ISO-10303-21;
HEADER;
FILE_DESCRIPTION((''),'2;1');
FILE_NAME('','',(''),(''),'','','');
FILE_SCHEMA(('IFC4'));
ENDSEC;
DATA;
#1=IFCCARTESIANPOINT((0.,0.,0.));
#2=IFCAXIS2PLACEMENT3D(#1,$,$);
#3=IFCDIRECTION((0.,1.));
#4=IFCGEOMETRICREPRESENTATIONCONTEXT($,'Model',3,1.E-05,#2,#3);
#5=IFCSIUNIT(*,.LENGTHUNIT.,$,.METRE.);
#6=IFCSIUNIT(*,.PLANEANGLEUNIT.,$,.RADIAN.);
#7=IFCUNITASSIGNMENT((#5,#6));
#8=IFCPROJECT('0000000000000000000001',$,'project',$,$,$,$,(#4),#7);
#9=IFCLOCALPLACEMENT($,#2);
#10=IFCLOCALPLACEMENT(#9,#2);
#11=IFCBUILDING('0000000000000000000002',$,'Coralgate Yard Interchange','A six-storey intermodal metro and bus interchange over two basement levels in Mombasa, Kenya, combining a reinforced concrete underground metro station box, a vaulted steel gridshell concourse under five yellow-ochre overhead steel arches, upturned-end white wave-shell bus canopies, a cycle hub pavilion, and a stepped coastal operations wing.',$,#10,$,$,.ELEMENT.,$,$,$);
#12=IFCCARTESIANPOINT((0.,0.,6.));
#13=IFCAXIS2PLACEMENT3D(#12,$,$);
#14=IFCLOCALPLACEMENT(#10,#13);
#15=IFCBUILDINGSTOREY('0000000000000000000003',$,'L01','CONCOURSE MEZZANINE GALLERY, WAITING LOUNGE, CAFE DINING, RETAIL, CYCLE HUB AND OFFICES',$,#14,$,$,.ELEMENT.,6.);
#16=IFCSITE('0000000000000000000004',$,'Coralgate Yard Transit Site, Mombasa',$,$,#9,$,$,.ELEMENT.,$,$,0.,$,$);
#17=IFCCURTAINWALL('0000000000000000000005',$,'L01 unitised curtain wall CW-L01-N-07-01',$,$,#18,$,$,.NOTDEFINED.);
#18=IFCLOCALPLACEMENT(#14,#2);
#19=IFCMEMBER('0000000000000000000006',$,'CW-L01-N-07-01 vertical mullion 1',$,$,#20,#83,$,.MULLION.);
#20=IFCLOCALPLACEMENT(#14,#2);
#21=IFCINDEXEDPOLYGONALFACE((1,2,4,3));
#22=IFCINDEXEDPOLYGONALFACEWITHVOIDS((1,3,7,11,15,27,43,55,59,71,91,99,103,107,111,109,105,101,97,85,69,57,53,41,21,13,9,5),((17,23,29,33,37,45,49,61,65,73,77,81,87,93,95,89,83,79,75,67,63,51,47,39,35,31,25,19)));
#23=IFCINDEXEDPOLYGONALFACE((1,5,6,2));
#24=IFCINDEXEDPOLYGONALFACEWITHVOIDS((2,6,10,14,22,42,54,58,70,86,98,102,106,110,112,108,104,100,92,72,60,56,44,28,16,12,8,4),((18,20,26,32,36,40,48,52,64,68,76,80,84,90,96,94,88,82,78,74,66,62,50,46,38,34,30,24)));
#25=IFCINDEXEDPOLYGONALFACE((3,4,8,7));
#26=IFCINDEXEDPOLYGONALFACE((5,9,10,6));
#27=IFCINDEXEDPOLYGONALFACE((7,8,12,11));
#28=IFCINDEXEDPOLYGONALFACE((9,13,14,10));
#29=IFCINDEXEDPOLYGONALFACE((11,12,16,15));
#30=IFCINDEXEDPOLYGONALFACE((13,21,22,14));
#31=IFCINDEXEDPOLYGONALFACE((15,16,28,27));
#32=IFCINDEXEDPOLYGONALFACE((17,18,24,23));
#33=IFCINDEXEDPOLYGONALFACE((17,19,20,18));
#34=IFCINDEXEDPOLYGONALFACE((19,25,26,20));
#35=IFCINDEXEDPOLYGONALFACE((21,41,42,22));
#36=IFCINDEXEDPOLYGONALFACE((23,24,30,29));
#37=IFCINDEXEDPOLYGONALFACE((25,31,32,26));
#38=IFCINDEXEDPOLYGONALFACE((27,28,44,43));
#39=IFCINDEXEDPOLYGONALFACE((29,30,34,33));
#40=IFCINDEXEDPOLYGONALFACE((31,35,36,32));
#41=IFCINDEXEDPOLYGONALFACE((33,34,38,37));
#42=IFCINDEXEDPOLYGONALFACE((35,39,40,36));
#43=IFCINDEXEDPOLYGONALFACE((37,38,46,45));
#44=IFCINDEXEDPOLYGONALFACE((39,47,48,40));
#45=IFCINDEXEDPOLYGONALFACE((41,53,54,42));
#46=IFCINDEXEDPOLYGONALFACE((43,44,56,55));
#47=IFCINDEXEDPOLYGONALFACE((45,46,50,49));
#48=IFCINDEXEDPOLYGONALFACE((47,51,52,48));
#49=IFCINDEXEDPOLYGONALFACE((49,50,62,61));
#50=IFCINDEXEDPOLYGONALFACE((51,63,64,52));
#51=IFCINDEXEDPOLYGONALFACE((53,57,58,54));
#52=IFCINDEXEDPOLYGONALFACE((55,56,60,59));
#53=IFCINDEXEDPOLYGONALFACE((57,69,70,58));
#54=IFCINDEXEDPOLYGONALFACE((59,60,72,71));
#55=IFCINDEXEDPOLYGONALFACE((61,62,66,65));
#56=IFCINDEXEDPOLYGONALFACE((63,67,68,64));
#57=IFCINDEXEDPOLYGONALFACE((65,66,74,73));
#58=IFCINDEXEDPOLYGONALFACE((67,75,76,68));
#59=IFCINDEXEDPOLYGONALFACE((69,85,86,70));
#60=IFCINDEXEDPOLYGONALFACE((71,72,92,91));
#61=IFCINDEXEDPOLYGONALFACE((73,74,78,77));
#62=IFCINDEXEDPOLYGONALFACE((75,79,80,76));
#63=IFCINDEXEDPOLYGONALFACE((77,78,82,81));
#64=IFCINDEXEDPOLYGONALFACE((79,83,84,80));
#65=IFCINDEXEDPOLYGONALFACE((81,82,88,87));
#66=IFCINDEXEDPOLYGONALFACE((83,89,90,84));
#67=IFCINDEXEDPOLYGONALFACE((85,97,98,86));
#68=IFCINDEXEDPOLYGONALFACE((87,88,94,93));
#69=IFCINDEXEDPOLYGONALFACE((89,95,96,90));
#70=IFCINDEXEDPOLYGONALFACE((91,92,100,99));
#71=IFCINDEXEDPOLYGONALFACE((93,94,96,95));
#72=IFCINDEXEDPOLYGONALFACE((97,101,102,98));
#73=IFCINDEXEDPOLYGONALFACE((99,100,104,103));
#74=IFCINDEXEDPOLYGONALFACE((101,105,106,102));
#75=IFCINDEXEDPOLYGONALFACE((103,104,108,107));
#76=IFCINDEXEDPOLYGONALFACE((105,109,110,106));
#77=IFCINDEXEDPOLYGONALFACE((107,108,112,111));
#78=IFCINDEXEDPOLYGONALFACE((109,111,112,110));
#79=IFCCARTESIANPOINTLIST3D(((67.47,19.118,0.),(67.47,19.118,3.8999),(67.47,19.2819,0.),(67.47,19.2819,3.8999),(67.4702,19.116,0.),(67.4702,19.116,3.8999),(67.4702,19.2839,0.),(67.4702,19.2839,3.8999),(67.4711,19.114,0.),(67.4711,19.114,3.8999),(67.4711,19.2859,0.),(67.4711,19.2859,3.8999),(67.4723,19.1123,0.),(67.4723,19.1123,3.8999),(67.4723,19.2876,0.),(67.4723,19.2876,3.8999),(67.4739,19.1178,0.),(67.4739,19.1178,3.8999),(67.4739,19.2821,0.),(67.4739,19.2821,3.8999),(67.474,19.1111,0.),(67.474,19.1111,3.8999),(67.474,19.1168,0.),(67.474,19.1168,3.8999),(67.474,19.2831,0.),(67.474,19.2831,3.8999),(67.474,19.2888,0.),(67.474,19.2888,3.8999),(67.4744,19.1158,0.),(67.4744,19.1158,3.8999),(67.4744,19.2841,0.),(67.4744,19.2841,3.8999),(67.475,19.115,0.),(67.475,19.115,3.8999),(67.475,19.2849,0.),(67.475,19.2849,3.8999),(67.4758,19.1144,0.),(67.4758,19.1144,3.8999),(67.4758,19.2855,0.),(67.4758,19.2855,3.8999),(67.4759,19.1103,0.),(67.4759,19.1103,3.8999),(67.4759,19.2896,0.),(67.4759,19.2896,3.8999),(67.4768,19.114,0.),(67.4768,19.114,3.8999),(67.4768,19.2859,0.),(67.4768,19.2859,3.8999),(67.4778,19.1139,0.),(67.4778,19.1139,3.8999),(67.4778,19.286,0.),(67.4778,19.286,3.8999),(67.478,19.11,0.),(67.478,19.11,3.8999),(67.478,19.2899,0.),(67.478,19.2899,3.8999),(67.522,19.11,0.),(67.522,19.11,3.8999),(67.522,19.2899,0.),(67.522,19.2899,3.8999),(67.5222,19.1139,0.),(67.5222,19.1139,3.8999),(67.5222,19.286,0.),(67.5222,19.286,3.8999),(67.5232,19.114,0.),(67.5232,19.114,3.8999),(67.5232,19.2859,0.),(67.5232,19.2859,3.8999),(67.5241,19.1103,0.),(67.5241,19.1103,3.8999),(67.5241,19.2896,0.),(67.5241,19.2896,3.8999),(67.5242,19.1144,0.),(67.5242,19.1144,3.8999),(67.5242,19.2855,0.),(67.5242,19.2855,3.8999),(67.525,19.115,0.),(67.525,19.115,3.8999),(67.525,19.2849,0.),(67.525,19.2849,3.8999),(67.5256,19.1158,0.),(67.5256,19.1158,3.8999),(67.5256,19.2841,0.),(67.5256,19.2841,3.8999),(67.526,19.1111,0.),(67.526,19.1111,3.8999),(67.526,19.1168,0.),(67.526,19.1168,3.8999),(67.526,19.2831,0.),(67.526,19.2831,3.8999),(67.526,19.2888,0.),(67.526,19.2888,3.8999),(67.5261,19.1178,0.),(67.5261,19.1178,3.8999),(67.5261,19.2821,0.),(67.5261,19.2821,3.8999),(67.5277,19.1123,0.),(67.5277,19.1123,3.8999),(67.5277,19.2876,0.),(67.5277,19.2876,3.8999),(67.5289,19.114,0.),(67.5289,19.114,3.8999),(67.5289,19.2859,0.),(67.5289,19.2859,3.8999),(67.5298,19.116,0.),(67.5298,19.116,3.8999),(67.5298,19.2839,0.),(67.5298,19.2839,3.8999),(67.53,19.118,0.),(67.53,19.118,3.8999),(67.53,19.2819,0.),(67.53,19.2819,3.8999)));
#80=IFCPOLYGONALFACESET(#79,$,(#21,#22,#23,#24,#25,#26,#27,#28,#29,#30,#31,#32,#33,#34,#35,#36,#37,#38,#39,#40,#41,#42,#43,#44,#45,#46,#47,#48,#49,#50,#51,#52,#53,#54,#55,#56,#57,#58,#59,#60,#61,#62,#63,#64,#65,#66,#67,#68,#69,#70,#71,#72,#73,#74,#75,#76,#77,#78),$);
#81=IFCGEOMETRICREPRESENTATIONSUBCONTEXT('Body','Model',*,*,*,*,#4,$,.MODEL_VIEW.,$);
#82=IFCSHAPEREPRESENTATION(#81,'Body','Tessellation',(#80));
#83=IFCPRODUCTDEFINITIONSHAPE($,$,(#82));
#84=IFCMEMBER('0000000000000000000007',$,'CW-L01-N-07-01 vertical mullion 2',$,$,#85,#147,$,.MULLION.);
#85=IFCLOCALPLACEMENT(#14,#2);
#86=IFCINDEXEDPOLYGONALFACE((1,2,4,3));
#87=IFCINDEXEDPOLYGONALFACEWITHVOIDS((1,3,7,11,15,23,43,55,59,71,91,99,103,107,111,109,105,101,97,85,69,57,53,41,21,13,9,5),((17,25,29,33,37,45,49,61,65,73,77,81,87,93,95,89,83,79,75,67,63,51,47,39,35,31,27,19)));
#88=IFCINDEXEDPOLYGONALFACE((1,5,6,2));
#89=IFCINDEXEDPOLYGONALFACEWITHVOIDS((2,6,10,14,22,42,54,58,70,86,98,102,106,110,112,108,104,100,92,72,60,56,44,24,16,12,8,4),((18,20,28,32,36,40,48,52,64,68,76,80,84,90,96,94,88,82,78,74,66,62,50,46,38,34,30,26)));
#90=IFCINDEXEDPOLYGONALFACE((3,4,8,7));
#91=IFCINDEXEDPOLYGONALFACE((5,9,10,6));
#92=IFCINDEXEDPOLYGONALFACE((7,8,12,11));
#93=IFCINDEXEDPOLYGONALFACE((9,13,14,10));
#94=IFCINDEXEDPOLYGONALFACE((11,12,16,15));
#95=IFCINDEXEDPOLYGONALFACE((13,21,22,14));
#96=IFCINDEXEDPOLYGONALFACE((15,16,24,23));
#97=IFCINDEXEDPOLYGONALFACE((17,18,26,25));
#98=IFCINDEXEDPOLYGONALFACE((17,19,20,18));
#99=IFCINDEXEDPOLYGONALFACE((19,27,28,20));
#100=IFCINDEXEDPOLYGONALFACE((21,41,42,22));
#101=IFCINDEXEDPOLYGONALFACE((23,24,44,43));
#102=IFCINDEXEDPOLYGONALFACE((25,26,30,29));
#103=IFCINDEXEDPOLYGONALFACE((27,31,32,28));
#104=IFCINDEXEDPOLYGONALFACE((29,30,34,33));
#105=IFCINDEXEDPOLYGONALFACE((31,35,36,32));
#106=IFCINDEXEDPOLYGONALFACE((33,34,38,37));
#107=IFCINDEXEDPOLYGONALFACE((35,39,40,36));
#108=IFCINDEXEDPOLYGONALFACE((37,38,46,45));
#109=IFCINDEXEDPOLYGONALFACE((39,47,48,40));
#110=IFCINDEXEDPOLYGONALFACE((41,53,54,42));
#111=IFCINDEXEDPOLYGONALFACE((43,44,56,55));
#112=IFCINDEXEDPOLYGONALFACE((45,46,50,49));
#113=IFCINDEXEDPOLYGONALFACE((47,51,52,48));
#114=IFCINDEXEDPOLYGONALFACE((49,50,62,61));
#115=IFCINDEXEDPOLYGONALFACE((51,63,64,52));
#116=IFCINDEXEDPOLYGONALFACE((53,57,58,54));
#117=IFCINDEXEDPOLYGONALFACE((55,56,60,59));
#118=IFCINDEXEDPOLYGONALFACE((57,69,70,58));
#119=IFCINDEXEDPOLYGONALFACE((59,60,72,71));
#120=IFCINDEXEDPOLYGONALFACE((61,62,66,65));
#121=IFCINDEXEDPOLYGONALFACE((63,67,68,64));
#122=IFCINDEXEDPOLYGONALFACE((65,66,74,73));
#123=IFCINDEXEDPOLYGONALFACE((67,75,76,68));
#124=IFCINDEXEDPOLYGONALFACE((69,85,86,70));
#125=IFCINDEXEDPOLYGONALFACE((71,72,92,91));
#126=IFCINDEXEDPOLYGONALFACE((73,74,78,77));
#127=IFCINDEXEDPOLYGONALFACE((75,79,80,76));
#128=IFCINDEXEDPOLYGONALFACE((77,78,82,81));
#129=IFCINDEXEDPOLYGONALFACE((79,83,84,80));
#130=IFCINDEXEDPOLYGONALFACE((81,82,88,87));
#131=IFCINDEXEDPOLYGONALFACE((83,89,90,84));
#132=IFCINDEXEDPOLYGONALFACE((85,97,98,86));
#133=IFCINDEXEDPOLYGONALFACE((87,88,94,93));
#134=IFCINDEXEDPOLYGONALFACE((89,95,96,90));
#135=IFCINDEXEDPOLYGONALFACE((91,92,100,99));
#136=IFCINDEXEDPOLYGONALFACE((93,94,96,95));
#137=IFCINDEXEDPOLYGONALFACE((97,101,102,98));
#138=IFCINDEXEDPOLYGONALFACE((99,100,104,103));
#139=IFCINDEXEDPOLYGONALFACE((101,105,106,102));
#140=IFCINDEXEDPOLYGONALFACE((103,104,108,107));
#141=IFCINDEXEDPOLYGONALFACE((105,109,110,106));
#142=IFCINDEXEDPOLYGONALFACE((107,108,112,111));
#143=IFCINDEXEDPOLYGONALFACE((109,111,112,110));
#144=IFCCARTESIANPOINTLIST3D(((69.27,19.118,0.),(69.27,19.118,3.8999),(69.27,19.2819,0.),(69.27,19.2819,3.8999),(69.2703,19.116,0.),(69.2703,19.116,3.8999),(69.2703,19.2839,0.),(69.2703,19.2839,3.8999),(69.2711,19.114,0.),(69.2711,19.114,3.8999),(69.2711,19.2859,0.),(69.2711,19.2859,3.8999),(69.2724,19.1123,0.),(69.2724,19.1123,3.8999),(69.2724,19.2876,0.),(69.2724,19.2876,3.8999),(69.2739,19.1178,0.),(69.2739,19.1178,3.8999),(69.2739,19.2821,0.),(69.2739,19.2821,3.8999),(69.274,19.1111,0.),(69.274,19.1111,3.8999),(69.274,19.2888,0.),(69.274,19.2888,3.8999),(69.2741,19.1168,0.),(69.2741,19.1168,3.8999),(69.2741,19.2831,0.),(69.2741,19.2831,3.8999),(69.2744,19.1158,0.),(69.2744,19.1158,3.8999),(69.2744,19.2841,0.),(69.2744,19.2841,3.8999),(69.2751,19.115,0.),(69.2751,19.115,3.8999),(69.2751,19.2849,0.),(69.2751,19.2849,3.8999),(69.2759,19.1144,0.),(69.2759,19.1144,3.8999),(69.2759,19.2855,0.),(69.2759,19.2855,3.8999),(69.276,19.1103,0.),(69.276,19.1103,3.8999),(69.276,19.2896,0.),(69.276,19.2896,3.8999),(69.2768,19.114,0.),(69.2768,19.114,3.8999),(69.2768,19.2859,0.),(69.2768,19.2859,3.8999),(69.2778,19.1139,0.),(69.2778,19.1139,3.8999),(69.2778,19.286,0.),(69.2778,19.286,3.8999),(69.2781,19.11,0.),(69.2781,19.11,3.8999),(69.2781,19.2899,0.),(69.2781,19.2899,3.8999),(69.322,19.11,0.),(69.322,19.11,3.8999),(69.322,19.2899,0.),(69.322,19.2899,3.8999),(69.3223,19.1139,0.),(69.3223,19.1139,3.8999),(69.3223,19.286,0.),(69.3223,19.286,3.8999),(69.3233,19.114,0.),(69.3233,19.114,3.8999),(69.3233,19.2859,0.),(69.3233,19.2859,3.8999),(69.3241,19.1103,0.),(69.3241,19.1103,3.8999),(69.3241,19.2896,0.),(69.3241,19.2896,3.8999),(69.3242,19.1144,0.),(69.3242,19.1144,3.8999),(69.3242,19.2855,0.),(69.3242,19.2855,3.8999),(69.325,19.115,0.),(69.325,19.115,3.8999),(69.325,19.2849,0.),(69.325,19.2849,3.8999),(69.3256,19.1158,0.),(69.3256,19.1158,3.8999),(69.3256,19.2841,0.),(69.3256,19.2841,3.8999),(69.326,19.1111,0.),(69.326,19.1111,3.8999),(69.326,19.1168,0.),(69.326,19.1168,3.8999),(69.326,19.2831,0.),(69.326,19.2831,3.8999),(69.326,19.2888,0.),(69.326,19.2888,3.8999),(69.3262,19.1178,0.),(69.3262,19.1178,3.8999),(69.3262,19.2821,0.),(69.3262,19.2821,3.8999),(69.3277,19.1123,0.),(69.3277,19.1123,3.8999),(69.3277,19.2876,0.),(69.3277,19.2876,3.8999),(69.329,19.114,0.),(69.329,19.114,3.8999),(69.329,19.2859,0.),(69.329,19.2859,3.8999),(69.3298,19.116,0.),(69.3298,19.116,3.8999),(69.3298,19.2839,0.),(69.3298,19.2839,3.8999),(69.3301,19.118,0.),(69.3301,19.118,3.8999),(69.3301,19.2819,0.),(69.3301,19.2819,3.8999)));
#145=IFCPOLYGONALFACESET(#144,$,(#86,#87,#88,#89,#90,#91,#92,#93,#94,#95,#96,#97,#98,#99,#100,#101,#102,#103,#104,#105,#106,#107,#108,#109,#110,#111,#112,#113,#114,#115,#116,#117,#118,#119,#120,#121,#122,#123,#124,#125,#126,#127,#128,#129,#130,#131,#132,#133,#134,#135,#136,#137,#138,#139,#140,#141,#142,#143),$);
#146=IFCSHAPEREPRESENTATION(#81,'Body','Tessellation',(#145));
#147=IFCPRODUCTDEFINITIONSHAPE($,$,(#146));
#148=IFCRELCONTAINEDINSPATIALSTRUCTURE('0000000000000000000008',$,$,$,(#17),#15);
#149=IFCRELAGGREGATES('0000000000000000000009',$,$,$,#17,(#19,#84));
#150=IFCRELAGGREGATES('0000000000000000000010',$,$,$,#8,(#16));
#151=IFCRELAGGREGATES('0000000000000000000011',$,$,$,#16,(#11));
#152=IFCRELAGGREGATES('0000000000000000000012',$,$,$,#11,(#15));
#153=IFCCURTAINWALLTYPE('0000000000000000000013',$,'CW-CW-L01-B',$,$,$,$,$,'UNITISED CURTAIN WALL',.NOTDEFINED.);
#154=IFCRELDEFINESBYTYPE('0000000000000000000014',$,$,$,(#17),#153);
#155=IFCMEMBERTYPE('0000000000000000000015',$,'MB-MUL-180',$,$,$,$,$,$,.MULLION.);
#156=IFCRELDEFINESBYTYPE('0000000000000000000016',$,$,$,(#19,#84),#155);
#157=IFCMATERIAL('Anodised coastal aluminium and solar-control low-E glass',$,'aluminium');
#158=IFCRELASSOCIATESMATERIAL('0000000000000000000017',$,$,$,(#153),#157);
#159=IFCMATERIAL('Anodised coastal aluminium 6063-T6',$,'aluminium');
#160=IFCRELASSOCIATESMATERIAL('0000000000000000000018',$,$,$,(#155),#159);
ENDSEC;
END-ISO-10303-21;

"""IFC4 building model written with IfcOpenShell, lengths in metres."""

from ifc_helpers import new_model, si_unit, direction, frame, origin, origin_2d, place, context, subcontext, project, spatial, hollow_rectangle, extrude, material, material_profile, profile_set, type_object, element, aggregate, save


model = new_model("IFC4")

# Units and contexts
model_context = context("Model", 3, precision=1e-05, world=origin(), true_north=direction((0.0, 1.0)))
body_context = subcontext(model_context, "Body", "Model", "MODEL_VIEW")
ifc_project = project(units=[si_unit("LENGTHUNIT", "METRE"), si_unit("PLANEANGLEUNIT", "RADIAN")], contexts=[model_context])

# Site, building, storey
site_placement = place(None, origin())
site = spatial("IfcSite", under=ifc_project, at=site_placement, Name="Coralgate Yard Transit Site, Mombasa", CompositionType="ELEMENT", RefElevation=0.0)
building_placement = place(site_placement, origin())
building = spatial("IfcBuilding", under=site, at=building_placement, Name="Coralgate Yard Interchange", Description="A six-storey intermodal metro and bus interchange over two basement levels in Mombasa, Kenya, combining a reinforced concrete underground metro station box, a vaulted steel gridshell concourse under five yellow-ochre overhead steel arches, upturned-end white wave-shell bus canopies, a cycle hub pavilion, and a stepped coastal operations wing.", CompositionType="ELEMENT")
storey_placement = place(building_placement, frame((0.0, 0.0, 6.0)))
storey = spatial("IfcBuildingStorey", under=building, at=storey_placement, Name="L01", Description="CONCOURSE MEZZANINE GALLERY, WAITING LOUNGE, CAFE DINING, RETAIL, CYCLE HUB AND OFFICES", CompositionType="ELEMENT", Elevation=6.0)

# Shared definitions
ifc_material_1 = material(Name="Anodised coastal aluminium and solar-control low-E glass", Category="aluminium")
curtain_wall_type = type_object("IfcCurtainWallType", Name="CW-CW-L01-B", ElementType="UNITISED CURTAIN WALL", PredefinedType="NOTDEFINED", material=ifc_material_1)
ifc_material_2 = material(Name="Anodised coastal aluminium 6063-T6", Category="aluminium")
ifc_material_profile_1 = material_profile(ifc_material_2, hollow_rectangle(XDim=0.0601, YDim=0.1799, WallThickness=0.0039, InnerFilletRadius=0.0039, OuterFilletRadius=0.0081, at=origin_2d()), Name="ALU 60x180x4")
ifc_profile_set_1 = profile_set([ifc_material_profile_1], Name="Anodised coastal aluminium 6063-T6")
member_type_1 = type_object("IfcMemberType", Name="MB-MUL-180", PredefinedType="MULLION", material=ifc_profile_set_1)

# Curtain wall, members
curtain_wall_1_placement = place(storey_placement, origin())
curtain_wall_1 = element("IfcCurtainWall", 1, at=curtain_wall_1_placement, inside=storey, type_object=curtain_wall_type, Name="L01 unitised curtain wall CW-L01-N-07-01", PredefinedType="NOTDEFINED")
member_1_placement = place(storey_placement, frame((67.5, 19.2, 0.0), z_axis=(0.0, 0.0, 1.0), x_axis=(1.0, 0.0, 0.0)))
member_1 = element("IfcMember", 2, at=member_1_placement, type_object=member_type_1, Name="CW-L01-N-07-01 vertical mullion 1", PredefinedType="MULLION", context=body_context, shape_type="SweptSolid", body=[
    extrude(hollow_rectangle(XDim=0.0601, YDim=0.1799, WallThickness=0.0039, InnerFilletRadius=0.0039, OuterFilletRadius=0.0081, at=origin_2d()), origin(), (0.0, 0.0, 1.0), 3.8999),
])
member_2_placement = place(storey_placement, frame((69.3, 19.2, 0.0), z_axis=(0.0, 0.0, 1.0), x_axis=(1.0, 0.0, 0.0)))
member_2 = element("IfcMember", 3, at=member_2_placement, type_object=member_type_1, Name="CW-L01-N-07-01 vertical mullion 2", PredefinedType="MULLION", context=body_context, shape_type="SweptSolid", body=[
    extrude(hollow_rectangle(XDim=0.0601, YDim=0.1799, WallThickness=0.0039, InnerFilletRadius=0.0039, OuterFilletRadius=0.0081, at=origin_2d()), origin(), (0.0, 0.0, 1.0), 3.8999),
])

aggregate(curtain_wall_1, [member_1, member_2])

save(model, "model.ifc")
